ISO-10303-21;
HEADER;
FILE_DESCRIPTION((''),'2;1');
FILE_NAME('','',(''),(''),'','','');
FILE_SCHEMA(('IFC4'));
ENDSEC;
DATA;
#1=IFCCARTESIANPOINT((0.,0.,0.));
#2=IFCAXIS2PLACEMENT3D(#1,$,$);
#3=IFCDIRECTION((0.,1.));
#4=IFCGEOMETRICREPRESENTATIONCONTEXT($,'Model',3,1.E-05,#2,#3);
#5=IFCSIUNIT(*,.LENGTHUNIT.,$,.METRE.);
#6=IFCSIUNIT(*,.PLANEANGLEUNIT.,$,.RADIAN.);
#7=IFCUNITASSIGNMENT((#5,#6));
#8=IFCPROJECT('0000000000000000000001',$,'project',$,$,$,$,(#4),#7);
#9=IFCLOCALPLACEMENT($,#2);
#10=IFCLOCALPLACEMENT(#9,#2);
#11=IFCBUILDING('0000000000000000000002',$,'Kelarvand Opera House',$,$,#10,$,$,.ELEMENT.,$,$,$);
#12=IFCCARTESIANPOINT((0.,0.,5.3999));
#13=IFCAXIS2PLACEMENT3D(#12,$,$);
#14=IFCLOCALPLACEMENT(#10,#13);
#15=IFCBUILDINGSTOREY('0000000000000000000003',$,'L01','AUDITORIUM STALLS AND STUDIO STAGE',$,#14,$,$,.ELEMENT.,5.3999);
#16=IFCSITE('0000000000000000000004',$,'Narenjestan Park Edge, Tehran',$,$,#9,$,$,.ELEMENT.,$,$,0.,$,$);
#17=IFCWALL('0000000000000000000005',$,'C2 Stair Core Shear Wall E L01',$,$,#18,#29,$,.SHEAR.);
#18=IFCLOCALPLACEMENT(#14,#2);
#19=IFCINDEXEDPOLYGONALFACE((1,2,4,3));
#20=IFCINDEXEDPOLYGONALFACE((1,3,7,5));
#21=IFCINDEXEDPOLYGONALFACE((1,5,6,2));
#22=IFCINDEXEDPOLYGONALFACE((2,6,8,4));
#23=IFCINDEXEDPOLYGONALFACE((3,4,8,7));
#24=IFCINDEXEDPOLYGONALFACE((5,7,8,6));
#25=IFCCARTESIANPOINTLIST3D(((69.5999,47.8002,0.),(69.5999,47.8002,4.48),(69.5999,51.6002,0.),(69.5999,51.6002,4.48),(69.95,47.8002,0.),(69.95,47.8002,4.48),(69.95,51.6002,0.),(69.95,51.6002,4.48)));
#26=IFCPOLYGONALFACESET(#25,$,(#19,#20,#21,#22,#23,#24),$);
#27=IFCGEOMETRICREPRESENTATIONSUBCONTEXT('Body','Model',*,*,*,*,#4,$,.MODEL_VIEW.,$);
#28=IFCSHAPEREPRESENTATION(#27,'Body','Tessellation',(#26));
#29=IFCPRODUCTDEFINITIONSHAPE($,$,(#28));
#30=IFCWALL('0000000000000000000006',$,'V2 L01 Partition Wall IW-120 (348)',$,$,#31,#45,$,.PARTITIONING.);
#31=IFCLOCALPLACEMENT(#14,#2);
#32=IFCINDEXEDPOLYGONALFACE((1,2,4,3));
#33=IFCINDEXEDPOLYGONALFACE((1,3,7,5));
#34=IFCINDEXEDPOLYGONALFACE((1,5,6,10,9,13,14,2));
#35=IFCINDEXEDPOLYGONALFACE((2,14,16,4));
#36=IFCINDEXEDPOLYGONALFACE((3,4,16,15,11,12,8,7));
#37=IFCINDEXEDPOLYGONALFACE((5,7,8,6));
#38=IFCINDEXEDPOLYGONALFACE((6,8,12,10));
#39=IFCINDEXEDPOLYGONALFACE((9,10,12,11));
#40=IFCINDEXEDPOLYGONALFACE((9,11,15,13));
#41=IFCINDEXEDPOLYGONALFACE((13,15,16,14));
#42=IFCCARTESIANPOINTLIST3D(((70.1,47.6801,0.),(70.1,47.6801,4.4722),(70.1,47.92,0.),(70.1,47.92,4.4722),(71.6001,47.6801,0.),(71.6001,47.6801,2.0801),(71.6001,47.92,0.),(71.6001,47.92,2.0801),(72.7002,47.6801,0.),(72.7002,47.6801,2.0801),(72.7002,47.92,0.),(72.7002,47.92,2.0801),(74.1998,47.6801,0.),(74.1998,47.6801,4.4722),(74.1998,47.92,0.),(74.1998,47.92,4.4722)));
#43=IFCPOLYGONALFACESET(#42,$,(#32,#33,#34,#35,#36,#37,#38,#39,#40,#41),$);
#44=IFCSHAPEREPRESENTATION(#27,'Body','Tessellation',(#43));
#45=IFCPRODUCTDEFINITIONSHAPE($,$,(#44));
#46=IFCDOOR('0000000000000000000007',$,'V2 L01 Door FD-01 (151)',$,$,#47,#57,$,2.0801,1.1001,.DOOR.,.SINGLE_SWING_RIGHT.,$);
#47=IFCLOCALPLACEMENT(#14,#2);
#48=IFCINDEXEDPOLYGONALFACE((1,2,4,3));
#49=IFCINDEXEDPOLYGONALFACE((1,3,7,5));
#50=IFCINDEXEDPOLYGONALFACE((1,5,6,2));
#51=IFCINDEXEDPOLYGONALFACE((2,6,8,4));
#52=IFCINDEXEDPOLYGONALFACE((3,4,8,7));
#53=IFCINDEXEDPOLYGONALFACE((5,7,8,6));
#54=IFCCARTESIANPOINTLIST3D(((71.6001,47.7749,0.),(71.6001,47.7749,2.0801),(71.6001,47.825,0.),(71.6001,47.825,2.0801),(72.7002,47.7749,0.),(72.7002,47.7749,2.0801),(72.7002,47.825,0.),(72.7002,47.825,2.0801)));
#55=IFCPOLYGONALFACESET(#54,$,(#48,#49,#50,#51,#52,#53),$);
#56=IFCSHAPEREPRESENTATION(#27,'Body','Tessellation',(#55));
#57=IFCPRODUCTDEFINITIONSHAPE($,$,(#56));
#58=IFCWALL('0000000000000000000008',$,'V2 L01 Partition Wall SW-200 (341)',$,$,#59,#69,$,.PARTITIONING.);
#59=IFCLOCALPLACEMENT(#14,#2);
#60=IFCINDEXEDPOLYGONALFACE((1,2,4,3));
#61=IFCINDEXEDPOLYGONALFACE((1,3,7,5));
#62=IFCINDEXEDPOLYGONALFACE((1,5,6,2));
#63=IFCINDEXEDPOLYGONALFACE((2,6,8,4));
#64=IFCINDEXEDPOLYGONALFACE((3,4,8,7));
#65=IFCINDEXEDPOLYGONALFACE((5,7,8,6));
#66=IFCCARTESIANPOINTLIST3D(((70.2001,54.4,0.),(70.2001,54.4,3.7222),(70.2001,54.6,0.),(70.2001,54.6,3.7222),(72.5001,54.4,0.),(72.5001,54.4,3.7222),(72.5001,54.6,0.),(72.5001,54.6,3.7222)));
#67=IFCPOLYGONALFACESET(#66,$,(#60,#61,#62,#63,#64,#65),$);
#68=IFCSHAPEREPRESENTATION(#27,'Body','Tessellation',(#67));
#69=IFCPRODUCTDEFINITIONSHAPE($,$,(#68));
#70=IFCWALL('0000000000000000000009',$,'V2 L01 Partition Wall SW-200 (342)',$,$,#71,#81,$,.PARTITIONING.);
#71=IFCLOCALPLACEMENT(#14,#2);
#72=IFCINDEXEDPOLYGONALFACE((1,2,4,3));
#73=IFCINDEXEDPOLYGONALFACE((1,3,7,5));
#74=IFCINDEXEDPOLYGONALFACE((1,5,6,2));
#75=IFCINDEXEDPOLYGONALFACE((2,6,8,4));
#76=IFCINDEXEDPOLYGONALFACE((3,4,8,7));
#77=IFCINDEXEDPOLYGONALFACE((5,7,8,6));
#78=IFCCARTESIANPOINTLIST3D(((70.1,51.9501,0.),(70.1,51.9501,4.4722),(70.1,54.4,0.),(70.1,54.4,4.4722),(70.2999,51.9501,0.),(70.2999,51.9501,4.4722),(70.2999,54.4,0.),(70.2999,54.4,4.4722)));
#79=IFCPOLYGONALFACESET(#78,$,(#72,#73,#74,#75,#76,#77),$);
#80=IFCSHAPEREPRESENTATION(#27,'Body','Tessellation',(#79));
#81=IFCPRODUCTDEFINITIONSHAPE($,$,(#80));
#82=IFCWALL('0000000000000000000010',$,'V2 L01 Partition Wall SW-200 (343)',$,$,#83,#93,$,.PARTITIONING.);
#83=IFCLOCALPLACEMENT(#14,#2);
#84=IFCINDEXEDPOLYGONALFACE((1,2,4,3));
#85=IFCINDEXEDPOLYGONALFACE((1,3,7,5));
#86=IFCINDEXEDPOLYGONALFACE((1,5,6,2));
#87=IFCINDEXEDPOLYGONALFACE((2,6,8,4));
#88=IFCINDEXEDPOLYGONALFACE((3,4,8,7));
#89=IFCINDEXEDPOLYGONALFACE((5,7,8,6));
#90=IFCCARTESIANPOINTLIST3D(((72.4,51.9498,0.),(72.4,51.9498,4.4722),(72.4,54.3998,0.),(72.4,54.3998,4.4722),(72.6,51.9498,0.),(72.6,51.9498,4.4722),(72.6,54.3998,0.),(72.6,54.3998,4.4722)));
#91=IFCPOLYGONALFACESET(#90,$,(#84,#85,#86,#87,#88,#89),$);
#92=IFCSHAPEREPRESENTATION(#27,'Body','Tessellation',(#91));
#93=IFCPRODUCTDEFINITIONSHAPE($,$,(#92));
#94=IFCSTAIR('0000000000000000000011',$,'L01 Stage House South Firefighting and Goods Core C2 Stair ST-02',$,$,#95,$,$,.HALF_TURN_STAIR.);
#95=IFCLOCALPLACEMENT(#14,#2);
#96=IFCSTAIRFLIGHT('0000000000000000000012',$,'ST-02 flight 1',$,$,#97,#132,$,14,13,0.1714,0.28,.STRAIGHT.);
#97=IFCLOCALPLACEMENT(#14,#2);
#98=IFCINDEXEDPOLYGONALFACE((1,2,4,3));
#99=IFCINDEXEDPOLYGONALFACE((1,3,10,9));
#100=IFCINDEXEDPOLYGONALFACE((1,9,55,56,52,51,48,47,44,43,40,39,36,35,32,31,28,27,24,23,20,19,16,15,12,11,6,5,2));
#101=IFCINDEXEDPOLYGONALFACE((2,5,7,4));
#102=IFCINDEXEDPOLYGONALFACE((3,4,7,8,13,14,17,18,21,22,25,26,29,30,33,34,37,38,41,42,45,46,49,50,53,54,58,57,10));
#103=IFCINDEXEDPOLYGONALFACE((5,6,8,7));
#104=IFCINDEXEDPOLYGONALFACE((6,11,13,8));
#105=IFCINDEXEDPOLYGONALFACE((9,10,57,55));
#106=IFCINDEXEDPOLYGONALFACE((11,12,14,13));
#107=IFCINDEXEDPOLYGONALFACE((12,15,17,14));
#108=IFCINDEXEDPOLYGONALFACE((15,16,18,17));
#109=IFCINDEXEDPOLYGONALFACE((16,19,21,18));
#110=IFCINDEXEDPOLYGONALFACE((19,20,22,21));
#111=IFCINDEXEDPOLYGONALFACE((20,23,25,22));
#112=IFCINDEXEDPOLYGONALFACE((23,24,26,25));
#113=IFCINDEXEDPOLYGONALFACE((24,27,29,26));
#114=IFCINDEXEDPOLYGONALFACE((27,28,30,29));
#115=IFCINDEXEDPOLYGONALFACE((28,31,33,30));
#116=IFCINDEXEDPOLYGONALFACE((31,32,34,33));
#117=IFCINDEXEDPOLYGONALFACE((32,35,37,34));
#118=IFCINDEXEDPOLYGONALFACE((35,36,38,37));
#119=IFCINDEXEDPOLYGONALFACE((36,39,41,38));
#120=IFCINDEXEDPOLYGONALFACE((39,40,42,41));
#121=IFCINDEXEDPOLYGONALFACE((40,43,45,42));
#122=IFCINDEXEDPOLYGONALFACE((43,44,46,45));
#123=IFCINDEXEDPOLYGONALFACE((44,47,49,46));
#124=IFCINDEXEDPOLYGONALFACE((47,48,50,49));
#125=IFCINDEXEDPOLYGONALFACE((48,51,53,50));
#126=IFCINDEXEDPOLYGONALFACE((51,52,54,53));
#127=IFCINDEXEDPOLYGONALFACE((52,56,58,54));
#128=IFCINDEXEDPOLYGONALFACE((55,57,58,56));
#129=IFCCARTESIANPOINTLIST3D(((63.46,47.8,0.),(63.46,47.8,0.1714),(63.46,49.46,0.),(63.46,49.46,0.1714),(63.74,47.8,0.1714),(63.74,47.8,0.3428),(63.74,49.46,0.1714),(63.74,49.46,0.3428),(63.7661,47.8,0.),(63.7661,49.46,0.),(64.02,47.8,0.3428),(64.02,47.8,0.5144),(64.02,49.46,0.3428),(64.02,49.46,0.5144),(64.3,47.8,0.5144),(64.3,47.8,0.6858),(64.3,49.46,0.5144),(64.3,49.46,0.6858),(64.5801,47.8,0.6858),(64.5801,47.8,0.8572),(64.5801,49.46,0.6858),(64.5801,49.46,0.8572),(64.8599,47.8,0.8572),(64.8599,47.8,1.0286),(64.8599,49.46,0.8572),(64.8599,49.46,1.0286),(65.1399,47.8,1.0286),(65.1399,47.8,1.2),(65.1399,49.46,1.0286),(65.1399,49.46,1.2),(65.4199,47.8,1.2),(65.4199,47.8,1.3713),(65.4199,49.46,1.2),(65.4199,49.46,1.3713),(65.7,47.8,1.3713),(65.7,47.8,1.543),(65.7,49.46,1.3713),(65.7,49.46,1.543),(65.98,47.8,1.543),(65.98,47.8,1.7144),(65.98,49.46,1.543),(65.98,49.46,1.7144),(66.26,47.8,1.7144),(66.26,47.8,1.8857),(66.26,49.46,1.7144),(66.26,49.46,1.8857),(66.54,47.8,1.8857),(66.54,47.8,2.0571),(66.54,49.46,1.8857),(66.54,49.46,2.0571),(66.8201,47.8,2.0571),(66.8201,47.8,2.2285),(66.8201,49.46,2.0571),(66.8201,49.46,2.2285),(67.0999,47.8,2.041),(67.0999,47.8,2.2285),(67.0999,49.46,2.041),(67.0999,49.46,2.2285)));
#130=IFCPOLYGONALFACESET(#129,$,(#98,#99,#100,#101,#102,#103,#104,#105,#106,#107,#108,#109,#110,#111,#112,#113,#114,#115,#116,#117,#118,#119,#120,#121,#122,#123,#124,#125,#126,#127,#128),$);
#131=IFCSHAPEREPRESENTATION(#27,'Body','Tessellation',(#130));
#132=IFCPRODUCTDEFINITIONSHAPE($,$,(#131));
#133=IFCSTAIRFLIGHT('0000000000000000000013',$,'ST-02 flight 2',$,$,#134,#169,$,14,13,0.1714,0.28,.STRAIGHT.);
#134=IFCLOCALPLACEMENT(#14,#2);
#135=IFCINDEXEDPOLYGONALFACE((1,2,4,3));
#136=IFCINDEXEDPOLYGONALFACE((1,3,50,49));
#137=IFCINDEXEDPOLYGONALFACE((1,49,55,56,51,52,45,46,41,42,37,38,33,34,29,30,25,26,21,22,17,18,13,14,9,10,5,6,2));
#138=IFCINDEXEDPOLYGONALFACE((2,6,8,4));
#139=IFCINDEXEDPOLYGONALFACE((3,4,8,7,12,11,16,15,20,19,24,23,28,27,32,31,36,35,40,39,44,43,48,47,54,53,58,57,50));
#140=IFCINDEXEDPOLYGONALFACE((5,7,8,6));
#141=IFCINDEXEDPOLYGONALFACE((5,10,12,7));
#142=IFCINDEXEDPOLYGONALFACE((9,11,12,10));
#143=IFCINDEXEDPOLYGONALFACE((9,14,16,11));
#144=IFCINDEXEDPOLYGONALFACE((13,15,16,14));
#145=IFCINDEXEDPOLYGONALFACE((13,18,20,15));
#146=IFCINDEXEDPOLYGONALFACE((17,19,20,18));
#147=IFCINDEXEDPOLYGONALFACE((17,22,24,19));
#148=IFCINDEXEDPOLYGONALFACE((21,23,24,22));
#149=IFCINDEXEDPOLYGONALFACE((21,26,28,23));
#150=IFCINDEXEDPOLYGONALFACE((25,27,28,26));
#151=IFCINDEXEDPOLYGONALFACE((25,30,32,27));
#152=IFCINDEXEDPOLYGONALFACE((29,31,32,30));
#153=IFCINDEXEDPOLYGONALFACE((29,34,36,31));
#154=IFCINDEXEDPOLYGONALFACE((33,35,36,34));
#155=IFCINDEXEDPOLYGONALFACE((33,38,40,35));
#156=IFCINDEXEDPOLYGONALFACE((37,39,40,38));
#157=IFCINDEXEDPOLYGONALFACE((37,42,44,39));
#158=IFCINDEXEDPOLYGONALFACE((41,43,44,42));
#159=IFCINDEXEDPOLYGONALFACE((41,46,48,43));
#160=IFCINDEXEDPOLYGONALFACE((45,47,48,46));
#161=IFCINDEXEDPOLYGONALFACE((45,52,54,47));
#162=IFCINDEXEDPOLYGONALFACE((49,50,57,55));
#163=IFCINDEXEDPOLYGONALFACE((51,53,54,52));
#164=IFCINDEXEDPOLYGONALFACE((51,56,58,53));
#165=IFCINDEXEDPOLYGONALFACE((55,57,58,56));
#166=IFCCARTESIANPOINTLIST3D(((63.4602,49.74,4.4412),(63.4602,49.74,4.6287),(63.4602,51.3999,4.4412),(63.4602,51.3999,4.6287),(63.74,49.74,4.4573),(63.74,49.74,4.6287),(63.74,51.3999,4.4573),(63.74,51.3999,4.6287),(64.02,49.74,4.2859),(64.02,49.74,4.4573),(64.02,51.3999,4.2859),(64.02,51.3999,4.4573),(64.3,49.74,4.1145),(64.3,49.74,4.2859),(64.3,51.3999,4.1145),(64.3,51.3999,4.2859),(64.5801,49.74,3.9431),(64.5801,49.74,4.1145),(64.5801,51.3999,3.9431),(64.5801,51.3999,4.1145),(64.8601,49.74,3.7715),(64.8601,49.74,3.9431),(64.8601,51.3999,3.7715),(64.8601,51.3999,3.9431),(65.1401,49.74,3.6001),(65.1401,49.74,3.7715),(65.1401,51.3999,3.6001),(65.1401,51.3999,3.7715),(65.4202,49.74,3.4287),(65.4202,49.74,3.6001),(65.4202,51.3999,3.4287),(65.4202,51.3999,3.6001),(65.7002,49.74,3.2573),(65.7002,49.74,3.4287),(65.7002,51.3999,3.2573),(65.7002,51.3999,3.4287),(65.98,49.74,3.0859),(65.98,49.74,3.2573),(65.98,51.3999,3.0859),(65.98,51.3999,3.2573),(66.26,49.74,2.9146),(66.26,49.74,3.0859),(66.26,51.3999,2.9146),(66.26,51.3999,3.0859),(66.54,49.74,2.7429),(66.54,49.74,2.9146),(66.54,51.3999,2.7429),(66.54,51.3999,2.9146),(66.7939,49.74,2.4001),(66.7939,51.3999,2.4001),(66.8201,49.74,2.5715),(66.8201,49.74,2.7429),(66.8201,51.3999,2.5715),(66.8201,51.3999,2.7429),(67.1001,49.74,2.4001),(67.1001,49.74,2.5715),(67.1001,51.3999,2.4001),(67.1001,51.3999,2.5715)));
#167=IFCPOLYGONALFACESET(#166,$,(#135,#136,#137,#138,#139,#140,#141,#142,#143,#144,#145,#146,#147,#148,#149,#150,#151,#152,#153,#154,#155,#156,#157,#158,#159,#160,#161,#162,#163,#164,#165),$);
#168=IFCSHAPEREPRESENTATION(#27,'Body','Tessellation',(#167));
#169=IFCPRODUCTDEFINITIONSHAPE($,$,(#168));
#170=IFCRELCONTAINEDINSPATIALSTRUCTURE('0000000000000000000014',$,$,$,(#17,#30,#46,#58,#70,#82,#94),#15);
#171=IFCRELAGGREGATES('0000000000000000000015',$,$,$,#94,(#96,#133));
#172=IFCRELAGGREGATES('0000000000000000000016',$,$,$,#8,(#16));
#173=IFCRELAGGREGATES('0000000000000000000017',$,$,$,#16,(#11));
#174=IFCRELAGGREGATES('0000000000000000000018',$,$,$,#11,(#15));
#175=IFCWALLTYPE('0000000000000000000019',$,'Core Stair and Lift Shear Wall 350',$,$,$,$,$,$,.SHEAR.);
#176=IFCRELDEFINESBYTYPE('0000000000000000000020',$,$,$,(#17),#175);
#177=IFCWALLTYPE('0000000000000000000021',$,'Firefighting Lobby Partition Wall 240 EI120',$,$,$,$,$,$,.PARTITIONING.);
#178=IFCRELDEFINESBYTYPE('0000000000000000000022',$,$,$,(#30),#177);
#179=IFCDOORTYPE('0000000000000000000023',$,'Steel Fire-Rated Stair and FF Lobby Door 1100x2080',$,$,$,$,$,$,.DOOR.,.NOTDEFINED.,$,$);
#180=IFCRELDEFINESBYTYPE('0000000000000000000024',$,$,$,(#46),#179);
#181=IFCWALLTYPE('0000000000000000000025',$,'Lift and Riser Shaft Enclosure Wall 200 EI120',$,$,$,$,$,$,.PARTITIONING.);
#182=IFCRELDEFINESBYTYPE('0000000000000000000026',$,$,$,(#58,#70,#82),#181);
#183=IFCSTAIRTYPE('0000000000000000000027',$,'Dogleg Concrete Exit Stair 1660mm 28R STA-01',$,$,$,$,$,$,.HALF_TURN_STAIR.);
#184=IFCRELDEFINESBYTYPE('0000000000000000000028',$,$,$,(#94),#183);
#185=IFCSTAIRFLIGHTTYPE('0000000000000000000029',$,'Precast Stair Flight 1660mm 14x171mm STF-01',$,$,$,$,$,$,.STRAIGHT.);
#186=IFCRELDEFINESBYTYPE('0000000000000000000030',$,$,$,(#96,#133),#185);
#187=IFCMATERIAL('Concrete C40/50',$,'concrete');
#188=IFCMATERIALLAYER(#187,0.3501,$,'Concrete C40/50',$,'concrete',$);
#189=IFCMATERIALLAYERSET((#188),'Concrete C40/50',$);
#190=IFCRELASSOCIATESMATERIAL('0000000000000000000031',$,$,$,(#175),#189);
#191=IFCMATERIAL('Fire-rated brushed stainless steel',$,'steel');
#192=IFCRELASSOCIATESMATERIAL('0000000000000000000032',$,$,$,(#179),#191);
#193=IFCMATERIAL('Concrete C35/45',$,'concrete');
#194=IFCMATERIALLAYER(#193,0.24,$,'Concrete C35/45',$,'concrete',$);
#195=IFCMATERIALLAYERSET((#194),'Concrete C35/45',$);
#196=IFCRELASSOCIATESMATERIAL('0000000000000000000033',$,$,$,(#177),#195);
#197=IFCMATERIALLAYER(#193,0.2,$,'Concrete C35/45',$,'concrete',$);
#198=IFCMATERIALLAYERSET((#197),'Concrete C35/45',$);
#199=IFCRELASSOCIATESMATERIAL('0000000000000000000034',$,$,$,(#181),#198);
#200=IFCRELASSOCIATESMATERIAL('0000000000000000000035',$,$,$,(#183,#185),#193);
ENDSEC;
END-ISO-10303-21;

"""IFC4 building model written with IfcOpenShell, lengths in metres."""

from ifc_helpers import new_model, si_unit, direction, frame, frame_2d, origin, place, context, subcontext, project, spatial, polyline, rectangle, outline, extrude, material, layer, layer_set, type_object, element, fill, aggregate, save


model = new_model("IFC4")

# Units and contexts
model_context = context("Model", 3, precision=1e-05, world=origin(), true_north=direction((0.0, 1.0)))
body_context = subcontext(model_context, "Body", "Model", "MODEL_VIEW")
ifc_project = project(units=[si_unit("LENGTHUNIT", "METRE"), si_unit("PLANEANGLEUNIT", "RADIAN")], contexts=[model_context])

# Site, building, storey
site_placement = place(None, origin())
site = spatial("IfcSite", under=ifc_project, at=site_placement, Name="Narenjestan Park Edge, Tehran", CompositionType="ELEMENT", RefElevation=0.0)
building_placement = place(site_placement, origin())
building = spatial("IfcBuilding", under=site, at=building_placement, Name="Kelarvand Opera House", CompositionType="ELEMENT")
storey_placement = place(building_placement, frame((0.0, 0.0, 5.3999)))
storey = spatial("IfcBuildingStorey", under=building, at=storey_placement, Name="L01", Description="AUDITORIUM STALLS AND STUDIO STAGE", CompositionType="ELEMENT", Elevation=5.3999)

# Shared definitions
ifc_material_1 = material(Name="Concrete C40/50", Category="concrete")

# Shared definitions
ifc_material_2 = material(Name="Concrete C35/45", Category="concrete")

# Shared definitions
ifc_layer_1 = layer(ifc_material_1, 0.3501, Name="Concrete C40/50", Category="concrete")
ifc_layer_set_1 = layer_set([ifc_layer_1], Name="Concrete C40/50")
wall_type_1 = type_object("IfcWallType", Name="Core Stair and Lift Shear Wall 350", PredefinedType="SHEAR", material=ifc_layer_set_1)

# Shared definitions
ifc_material_3 = material(Name="Fire-rated brushed stainless steel", Category="steel")
door_type_1 = type_object("IfcDoorType", Name="Steel Fire-Rated Stair and FF Lobby Door 1100x2080", OperationType="NOTDEFINED", PredefinedType="DOOR", material=ifc_material_3)

# Wall
wall_1_placement = place(storey_placement, frame((69.7749, 51.6001, 0.0), z_axis=(0.0, 0.0, 1.0), x_axis=(0.0, -1.0, 0.0)))
element("IfcWall", 1, at=wall_1_placement, inside=storey, type_object=wall_type_1, Name="C2 Stair Core Shear Wall E L01", PredefinedType="SHEAR", context=body_context, shape_type="SweptSolid", body=[
    extrude(rectangle(XDim=3.8, YDim=0.3501, at=frame_2d((1.8999, 0.0))), origin(), (0.0, 0.0, 1.0), 4.48),
])

# Wall, opening, door
ifc_layer_2 = layer(ifc_material_2, 0.24, Name="Concrete C35/45", Category="concrete")
ifc_layer_set_2 = layer_set([ifc_layer_2], Name="Concrete C35/45")
wall_type_2 = type_object("IfcWallType", Name="Firefighting Lobby Partition Wall 240 EI120", PredefinedType="PARTITIONING", material=ifc_layer_set_2)
wall_2_placement = place(storey_placement, frame((70.1001, 47.8, 0.0), z_axis=(0.0, 0.0, 1.0), x_axis=(1.0, 0.0, 0.0)))
wall_2 = element("IfcWall", 2, at=wall_2_placement, inside=storey, type_object=wall_type_2, Name="V2 L01 Partition Wall IW-120 (348)", PredefinedType="PARTITIONING", context=body_context, shape_type="SweptSolid", body=[
    extrude(rectangle(XDim=4.0999, YDim=0.24, at=frame_2d((2.0498, 0.0))), origin(), (0.0, 0.0, 1.0), 4.4722),
])
opening_1_placement = place(wall_2_placement, frame((1.5, 0.0, 0.0)))
opening_1 = element("IfcOpeningElement", 3, at=opening_1_placement, cuts=wall_2, PredefinedType="OPENING", context=body_context, shape_type="SweptSolid", body=[
    extrude(rectangle(XDim=1.1001, YDim=2.0801, at=frame_2d((0.55, 1.04))), frame((0.0, 0.1299, 0.0), z_axis=(0.0, -1.0, 0.0), x_axis=(1.0, 0.0, 0.0)), (0.0, 0.0, 1.0), 0.26),
])
door_1_placement = place(opening_1_placement, origin())
door_1 = element("IfcDoor", 4, at=door_1_placement, inside=storey, type_object=door_type_1, Name="V2 L01 Door FD-01 (151)", OperationType="SINGLE_SWING_RIGHT", OverallHeight=2.0801, OverallWidth=1.1001, PredefinedType="DOOR", context=body_context, shape_type="SweptSolid", body=[
    extrude(rectangle(XDim=1.1001, YDim=2.0801, at=frame_2d((0.55, 1.04))), frame((0.0, 0.0249, 0.0), z_axis=(0.0, -1.0, 0.0), x_axis=(1.0, 0.0, 0.0)), (0.0, 0.0, 1.0), 0.05),
])
fill(opening_1, door_1)
ifc_layer_3 = layer(ifc_material_2, 0.2, Name="Concrete C35/45", Category="concrete")
ifc_layer_set_3 = layer_set([ifc_layer_3], Name="Concrete C35/45")
wall_type_3 = type_object("IfcWallType", Name="Lift and Riser Shaft Enclosure Wall 200 EI120", PredefinedType="PARTITIONING", material=ifc_layer_set_3)

# Walls
wall_3_placement = place(storey_placement, frame((72.5, 54.5, 0.0), z_axis=(0.0, 0.0, 1.0), x_axis=(-1.0, 0.0, 0.0)))
element("IfcWall", 5, at=wall_3_placement, inside=storey, type_object=wall_type_3, Name="V2 L01 Partition Wall SW-200 (341)", PredefinedType="PARTITIONING", context=body_context, shape_type="SweptSolid", body=[
    extrude(rectangle(XDim=2.3, YDim=0.2, at=frame_2d((1.1499, 0.0))), origin(), (0.0, 0.0, 1.0), 3.7222),
])
for number, where, z_axis, x_axis, name in (
    (6, (70.2, 51.95, 0.0), (0.0, 0.0, 1.0), (0.0, 1.0, 0.0), "V2 L01 Partition Wall SW-200 (342)"),
    (7, (72.5, 54.3999, 0.0), (0.0, 0.0, 1.0), (0.0, -1.0, 0.0), "V2 L01 Partition Wall SW-200 (343)"),
):
    element("IfcWall", number, at=place(storey_placement, frame(where, z_axis=z_axis, x_axis=x_axis)), inside=storey, type_object=wall_type_3, Name=name, PredefinedType="PARTITIONING", context=body_context, shape_type="SweptSolid", body=[
        extrude(rectangle(XDim=2.45, YDim=0.2, at=frame_2d((1.2251, 0.0))), origin(), (0.0, 0.0, 1.0), 4.4722),
    ])

# Stair, stair flights
stair_type = type_object("IfcStairType", Name="Dogleg Concrete Exit Stair 1660mm 28R STA-01", PredefinedType="HALF_TURN_STAIR", material=ifc_material_2)
stair_placement = place(storey_placement, origin())
stair = element("IfcStair", 8, at=stair_placement, inside=storey, type_object=stair_type, Name="L01 Stage House South Firefighting and Goods Core C2 Stair ST-02", PredefinedType="HALF_TURN_STAIR")
stair_flight_type = type_object("IfcStairFlightType", Name="Precast Stair Flight 1660mm 14x171mm STF-01", PredefinedType="STRAIGHT", material=ifc_material_2)
stair_flight_1_placement = place(storey_placement, frame((63.46, 48.6299, 0.0), z_axis=(0.0, 0.0, 1.0), x_axis=(1.0, 0.0, 0.0)))
stair_flight_1 = element("IfcStairFlight", 9, at=stair_flight_1_placement, type_object=stair_flight_type, Name="ST-02 flight 1", NumberOfRisers=14, NumberOfTreads=13, PredefinedType="STRAIGHT", RiserHeight=0.1714, TreadLength=0.28, context=body_context, shape_type="SweptSolid", body=[
    extrude(outline(polyline([(0.0, 0.0), (0.0, 0.1714), (0.28, 0.1714), (0.28, 0.3428), (0.5601, 0.3428), (0.5601, 0.5144), (0.8401, 0.5144), (0.8401, 0.6858), (1.1201, 0.6858), (1.1201, 0.8572), (1.3999, 0.8572), (1.3999, 1.0286), (1.6799, 1.0286), (1.6799, 1.2), (1.96, 1.2), (1.96, 1.3713), (2.24, 1.3713), (2.24, 1.543), (2.52, 1.543), (2.52, 1.7144), (2.8, 1.7144), (2.8, 1.8857), (3.0801, 1.8857), (3.0801, 2.0571), (3.3601, 2.0571), (3.3601, 2.2285), (3.6399, 2.2285), (3.6399, 2.3999), (3.6399, 2.041), (0.3062, 0.0), (0.0, 0.0)])), frame((0.0, 0.8301, 0.0), z_axis=(0.0, -1.0, 0.0), x_axis=(1.0, 0.0, 0.0)), (0.0, 0.0, 1.0), 1.6599),
])
stair_flight_2_placement = place(storey_placement, frame((67.1001, 50.5701, 2.4001), z_axis=(0.0, 0.0, 1.0), x_axis=(-1.0, 0.0, 0.0)))
stair_flight_2 = element("IfcStairFlight", 10, at=stair_flight_2_placement, type_object=stair_flight_type, Name="ST-02 flight 2", NumberOfRisers=14, NumberOfTreads=13, PredefinedType="STRAIGHT", RiserHeight=0.1714, TreadLength=0.28, context=body_context, shape_type="SweptSolid", body=[
    extrude(outline(polyline([(0.0, 0.0), (0.0, 0.1714), (0.28, 0.1714), (0.28, 0.3428), (0.5601, 0.3428), (0.5601, 0.5144), (0.8401, 0.5144), (0.8401, 0.6858), (1.1201, 0.6858), (1.1201, 0.8572), (1.3999, 0.8572), (1.3999, 1.0286), (1.6799, 1.0286), (1.6799, 1.2), (1.96, 1.2), (1.96, 1.3713), (2.24, 1.3713), (2.24, 1.543), (2.52, 1.543), (2.52, 1.7144), (2.8, 1.7144), (2.8, 1.8857), (3.0801, 1.8857), (3.0801, 2.0571), (3.3601, 2.0571), (3.3601, 2.2285), (3.6399, 2.2285), (3.6399, 2.3999), (3.6399, 2.041), (0.3062, 0.0), (0.0, 0.0)])), frame((0.0, 0.8301, 0.0), z_axis=(0.0, -1.0, 0.0), x_axis=(1.0, 0.0, 0.0)), (0.0, 0.0, 1.0), 1.6599),
])
aggregate(stair, [stair_flight_1, stair_flight_2])

save(model, "model.ifc")
